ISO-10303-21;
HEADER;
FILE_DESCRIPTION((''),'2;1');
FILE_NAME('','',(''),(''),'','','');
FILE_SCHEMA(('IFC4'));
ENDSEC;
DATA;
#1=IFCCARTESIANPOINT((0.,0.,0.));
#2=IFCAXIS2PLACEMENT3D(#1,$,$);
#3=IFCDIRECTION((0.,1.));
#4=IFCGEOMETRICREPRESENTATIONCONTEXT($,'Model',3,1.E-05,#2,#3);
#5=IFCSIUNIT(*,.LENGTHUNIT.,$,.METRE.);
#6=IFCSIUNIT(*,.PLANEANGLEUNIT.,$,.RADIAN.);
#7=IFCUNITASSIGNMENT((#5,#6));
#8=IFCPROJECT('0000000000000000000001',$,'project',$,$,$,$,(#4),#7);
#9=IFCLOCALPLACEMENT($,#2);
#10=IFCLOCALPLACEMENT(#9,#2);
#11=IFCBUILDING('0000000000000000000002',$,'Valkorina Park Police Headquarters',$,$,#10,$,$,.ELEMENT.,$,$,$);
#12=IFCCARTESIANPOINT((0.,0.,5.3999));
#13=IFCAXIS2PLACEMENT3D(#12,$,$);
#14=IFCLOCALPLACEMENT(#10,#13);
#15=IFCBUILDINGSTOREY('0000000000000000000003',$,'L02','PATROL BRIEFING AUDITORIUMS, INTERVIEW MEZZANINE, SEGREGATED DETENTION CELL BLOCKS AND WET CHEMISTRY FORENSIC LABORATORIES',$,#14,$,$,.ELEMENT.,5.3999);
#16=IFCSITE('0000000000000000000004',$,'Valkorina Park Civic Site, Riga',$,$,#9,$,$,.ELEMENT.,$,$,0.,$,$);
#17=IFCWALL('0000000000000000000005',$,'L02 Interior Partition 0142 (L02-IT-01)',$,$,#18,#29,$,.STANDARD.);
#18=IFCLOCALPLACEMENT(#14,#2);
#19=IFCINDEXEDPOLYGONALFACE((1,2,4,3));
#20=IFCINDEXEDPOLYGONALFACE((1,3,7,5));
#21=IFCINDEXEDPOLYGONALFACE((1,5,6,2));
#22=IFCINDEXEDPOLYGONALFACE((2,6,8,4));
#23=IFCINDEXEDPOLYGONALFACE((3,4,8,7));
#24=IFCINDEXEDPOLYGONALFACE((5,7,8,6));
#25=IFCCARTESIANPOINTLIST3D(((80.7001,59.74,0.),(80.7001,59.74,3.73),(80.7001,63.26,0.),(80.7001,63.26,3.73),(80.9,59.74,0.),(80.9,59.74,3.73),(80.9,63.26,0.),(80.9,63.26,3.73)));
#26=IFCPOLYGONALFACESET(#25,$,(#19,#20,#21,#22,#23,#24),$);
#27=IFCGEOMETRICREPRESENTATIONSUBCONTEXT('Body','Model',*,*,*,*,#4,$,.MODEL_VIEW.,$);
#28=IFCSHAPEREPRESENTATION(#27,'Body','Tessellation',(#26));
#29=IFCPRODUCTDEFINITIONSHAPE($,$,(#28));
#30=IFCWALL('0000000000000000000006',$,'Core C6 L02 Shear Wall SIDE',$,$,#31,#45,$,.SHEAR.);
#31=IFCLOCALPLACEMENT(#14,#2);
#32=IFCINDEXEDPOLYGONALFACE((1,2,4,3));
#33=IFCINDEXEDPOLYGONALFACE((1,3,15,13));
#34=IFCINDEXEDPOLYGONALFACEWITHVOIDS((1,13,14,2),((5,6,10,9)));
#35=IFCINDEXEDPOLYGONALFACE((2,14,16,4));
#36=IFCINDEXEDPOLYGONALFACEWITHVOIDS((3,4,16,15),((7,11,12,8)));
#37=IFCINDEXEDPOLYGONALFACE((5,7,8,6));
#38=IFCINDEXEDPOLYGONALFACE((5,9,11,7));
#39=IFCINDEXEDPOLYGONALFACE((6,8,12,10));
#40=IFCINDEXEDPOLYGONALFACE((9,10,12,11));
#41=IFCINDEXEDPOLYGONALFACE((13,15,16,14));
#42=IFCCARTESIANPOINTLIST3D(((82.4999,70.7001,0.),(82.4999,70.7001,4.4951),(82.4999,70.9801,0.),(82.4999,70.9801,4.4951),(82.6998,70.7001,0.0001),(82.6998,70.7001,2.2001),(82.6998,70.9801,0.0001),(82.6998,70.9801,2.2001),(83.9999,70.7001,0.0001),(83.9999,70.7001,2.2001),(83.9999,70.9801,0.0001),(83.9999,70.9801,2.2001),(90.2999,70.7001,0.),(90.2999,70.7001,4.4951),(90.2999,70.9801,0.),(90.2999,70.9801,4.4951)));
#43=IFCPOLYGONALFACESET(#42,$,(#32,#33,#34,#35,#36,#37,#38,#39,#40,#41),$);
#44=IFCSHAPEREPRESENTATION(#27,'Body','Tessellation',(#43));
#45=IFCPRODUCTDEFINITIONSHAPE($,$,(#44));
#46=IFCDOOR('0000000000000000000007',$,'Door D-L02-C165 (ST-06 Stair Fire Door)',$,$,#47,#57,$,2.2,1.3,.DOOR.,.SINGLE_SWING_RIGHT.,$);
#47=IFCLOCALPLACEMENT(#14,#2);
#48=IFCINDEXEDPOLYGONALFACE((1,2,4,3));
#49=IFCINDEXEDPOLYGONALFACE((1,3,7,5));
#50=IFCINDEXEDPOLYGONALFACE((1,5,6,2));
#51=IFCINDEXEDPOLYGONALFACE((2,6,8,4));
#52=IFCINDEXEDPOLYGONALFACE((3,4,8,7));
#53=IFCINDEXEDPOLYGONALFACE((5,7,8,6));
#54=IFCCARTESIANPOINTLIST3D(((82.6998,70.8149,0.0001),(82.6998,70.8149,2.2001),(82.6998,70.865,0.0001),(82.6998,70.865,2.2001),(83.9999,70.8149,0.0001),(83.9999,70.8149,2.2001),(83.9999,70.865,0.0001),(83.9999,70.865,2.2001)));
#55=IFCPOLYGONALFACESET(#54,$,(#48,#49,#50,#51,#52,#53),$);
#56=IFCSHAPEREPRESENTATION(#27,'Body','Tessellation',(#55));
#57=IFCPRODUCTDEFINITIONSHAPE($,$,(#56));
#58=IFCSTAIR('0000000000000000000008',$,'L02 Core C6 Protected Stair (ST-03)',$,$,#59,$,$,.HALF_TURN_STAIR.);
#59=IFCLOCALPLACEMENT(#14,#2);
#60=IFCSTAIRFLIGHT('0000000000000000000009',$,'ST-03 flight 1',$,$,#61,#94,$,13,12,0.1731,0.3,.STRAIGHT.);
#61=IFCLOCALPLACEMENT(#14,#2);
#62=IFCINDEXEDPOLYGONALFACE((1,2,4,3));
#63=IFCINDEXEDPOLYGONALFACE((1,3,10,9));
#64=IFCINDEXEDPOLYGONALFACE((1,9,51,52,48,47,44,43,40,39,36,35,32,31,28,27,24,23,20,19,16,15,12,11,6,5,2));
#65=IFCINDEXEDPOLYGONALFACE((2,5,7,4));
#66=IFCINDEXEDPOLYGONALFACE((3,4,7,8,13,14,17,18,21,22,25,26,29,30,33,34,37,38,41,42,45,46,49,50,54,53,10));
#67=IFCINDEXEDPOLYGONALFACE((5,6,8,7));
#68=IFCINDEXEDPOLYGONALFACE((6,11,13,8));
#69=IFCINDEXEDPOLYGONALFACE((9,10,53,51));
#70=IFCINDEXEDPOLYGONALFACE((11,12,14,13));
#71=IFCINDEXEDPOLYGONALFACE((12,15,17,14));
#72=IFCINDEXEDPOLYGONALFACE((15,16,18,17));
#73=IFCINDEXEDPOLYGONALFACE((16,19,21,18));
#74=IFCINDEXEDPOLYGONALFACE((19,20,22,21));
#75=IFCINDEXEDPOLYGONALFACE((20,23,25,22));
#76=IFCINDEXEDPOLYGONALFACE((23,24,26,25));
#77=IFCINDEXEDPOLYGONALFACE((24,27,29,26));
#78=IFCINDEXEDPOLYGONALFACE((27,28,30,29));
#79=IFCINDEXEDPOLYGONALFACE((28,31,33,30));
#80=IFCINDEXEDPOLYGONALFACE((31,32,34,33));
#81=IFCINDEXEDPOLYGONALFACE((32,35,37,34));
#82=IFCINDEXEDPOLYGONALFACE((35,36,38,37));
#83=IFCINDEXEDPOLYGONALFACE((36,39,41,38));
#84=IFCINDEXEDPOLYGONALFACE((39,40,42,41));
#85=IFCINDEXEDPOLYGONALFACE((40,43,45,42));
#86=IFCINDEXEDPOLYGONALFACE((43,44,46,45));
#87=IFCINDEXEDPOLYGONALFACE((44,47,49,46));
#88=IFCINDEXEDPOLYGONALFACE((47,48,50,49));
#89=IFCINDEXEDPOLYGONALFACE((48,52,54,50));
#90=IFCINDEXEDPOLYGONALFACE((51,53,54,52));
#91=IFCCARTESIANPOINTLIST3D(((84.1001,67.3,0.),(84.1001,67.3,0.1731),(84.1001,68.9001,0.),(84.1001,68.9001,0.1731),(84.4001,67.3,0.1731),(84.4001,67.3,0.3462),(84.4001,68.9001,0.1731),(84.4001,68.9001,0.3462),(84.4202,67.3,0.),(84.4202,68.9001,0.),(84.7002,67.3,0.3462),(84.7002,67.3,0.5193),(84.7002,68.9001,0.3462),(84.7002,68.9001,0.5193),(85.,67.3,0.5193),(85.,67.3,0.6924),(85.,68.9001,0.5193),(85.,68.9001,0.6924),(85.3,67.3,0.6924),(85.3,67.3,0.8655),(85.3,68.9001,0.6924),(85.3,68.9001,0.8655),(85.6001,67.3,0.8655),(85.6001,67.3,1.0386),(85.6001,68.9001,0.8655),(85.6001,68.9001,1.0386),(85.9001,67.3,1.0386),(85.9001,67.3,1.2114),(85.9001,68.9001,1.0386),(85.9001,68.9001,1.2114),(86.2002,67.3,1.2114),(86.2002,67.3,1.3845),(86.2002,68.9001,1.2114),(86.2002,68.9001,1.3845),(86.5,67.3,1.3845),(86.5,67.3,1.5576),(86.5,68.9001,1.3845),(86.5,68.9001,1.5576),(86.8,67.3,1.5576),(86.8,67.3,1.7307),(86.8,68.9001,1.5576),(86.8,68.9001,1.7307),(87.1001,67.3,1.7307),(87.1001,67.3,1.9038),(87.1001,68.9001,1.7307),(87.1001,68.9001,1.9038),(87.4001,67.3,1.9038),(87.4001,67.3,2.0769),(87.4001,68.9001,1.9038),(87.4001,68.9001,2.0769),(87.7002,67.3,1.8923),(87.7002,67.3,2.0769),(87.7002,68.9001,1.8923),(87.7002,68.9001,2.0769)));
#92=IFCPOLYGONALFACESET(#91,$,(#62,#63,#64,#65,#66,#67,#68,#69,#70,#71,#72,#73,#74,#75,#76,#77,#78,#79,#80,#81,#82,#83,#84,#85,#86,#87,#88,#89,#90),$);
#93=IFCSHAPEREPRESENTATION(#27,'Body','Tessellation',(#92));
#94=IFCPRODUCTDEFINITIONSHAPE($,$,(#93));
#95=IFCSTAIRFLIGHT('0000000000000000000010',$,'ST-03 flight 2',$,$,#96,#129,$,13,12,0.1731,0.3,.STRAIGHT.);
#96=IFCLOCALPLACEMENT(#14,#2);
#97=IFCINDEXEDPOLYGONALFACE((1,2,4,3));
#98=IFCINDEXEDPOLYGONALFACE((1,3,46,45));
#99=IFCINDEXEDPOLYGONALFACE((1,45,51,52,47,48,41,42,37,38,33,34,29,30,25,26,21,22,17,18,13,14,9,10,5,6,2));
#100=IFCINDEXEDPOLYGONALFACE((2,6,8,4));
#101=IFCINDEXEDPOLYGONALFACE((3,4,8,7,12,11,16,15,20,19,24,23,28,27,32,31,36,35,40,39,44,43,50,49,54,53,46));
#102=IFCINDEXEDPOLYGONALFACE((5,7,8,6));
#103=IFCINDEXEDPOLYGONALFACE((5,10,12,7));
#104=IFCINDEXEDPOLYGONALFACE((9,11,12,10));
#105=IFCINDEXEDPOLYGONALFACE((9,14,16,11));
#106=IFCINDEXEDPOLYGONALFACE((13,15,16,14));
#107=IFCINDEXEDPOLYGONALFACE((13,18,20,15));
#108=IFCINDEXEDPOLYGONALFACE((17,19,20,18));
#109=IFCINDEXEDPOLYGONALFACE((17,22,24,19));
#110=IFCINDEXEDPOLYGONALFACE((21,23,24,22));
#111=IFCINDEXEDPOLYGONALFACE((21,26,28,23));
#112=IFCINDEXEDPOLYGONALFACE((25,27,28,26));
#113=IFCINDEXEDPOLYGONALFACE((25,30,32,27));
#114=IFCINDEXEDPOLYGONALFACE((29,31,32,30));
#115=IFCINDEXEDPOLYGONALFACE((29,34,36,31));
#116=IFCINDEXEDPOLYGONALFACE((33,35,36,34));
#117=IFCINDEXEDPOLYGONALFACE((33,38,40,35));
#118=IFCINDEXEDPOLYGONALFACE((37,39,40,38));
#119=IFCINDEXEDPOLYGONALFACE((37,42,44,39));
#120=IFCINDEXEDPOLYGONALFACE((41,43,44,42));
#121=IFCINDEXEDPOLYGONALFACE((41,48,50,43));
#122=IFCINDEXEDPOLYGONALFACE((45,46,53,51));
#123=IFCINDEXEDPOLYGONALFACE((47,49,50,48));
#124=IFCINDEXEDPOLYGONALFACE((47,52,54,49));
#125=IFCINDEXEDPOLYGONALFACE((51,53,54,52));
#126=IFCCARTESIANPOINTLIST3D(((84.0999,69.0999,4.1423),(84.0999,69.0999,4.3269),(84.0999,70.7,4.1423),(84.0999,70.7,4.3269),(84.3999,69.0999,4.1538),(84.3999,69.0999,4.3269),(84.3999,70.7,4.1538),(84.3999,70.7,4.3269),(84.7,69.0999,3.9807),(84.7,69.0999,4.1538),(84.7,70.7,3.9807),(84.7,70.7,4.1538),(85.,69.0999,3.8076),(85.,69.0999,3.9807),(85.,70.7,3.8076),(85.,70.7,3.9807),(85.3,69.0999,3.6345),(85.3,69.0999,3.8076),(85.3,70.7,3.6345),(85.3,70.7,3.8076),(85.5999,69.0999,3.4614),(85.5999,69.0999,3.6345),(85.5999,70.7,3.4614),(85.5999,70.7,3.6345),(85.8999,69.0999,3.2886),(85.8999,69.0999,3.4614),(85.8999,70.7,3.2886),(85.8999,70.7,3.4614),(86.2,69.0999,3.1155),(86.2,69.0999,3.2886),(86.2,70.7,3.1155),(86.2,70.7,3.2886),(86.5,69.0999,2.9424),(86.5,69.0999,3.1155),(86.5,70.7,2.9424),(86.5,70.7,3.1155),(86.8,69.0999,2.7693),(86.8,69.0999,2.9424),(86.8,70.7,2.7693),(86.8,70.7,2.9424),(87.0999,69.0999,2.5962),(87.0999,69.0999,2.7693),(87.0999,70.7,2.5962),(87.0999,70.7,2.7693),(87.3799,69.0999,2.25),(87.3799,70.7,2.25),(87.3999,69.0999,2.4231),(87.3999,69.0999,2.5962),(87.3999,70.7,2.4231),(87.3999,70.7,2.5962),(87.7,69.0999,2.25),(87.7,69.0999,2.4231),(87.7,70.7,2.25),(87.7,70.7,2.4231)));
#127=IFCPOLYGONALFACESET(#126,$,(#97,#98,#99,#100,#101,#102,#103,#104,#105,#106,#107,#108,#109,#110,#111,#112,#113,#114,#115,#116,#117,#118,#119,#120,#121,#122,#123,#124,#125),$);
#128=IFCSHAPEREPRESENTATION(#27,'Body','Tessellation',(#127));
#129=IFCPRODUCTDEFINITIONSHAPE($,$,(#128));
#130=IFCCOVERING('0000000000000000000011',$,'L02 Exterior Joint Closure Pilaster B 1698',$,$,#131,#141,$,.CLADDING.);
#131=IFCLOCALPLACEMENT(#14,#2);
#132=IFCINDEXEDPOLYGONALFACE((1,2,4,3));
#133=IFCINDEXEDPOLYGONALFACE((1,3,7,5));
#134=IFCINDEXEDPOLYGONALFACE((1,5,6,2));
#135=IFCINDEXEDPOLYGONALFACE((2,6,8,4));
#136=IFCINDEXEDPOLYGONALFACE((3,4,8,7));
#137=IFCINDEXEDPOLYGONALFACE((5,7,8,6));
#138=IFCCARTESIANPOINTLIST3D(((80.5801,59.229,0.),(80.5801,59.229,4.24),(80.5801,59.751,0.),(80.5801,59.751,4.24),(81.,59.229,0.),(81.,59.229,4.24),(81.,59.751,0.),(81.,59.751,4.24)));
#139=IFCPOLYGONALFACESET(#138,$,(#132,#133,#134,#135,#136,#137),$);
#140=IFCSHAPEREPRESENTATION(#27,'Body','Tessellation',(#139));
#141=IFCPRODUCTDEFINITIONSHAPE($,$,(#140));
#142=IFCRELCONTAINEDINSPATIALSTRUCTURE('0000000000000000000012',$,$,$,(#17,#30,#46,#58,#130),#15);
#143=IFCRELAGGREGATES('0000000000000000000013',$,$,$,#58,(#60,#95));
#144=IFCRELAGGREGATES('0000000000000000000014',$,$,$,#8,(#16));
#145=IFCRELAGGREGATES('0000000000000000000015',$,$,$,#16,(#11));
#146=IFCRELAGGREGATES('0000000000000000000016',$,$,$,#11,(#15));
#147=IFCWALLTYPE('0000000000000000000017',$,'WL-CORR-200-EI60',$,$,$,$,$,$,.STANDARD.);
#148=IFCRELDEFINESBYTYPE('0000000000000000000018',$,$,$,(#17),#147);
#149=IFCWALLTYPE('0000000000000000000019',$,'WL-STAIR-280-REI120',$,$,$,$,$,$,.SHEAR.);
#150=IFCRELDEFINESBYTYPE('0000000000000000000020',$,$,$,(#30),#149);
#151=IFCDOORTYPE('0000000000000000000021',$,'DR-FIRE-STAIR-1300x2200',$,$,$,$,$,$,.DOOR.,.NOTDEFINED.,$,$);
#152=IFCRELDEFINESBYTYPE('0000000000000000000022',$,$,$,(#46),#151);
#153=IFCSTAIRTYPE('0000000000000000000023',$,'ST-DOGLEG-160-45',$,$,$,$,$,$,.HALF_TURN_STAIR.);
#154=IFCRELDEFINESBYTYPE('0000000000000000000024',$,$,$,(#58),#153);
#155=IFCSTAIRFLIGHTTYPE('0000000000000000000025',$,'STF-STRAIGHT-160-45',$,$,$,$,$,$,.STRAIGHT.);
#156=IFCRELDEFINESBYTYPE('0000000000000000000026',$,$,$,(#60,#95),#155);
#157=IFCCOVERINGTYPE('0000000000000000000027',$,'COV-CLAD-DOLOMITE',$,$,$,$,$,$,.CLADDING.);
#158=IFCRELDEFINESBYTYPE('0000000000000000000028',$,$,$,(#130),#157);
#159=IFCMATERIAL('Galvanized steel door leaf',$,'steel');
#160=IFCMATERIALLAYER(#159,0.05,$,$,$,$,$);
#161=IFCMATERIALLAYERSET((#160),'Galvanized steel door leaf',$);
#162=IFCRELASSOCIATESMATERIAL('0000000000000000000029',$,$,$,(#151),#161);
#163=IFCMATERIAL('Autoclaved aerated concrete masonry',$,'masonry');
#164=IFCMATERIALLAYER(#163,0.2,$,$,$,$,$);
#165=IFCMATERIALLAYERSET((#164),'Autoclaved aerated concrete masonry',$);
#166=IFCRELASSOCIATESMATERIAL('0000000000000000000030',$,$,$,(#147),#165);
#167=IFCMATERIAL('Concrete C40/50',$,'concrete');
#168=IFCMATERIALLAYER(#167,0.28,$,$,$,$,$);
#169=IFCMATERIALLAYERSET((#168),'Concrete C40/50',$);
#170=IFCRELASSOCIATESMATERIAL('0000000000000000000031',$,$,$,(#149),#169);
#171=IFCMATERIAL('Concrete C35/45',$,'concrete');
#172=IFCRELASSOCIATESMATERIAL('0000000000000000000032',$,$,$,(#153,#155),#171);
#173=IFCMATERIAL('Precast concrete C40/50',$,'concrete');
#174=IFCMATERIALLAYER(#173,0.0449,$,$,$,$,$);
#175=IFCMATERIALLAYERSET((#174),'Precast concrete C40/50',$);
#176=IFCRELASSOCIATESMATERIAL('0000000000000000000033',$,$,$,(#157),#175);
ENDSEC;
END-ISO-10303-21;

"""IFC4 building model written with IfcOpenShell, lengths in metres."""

from ifc_helpers import new_model, si_unit, direction, frame, frame_2d, origin, origin_2d, place, context, subcontext, project, spatial, polyline, rectangle, outline, extrude, material, layer, layer_set, type_object, element, fill, aggregate, save


model = new_model("IFC4")

# Units and contexts
model_context = context("Model", 3, precision=1e-05, world=origin(), true_north=direction((0.0, 1.0)))
body_context = subcontext(model_context, "Body", "Model", "MODEL_VIEW")
ifc_project = project(units=[si_unit("LENGTHUNIT", "METRE"), si_unit("PLANEANGLEUNIT", "RADIAN")], contexts=[model_context])

# Site, building, storey
site_placement = place(None, origin())
site = spatial("IfcSite", under=ifc_project, at=site_placement, Name="Valkorina Park Civic Site, Riga", CompositionType="ELEMENT", RefElevation=0.0)
building_placement = place(site_placement, origin())
building = spatial("IfcBuilding", under=site, at=building_placement, Name="Valkorina Park Police Headquarters", CompositionType="ELEMENT")
storey_placement = place(building_placement, frame((0.0, 0.0, 5.3999)))
storey = spatial("IfcBuildingStorey", under=building, at=storey_placement, Name="L02", Description="PATROL BRIEFING AUDITORIUMS, INTERVIEW MEZZANINE, SEGREGATED DETENTION CELL BLOCKS AND WET CHEMISTRY FORENSIC LABORATORIES", CompositionType="ELEMENT", Elevation=5.3999)

# Shared definitions
ifc_material_1 = material(Name="Concrete C40/50", Category="concrete")
ifc_material_2 = material(Name="Galvanized steel door leaf", Category="steel")
ifc_layer_1 = layer(ifc_material_2, 0.05)
ifc_layer_set_1 = layer_set([ifc_layer_1], Name="Galvanized steel door leaf")
door_type_1 = type_object("IfcDoorType", Name="DR-FIRE-STAIR-1300x2200", OperationType="NOTDEFINED", PredefinedType="DOOR", material=ifc_layer_set_1)

# Shared definitions
ifc_material_3 = material(Name="Autoclaved aerated concrete masonry", Category="masonry")
ifc_layer_2 = layer(ifc_material_3, 0.2)
ifc_layer_set_2 = layer_set([ifc_layer_2], Name="Autoclaved aerated concrete masonry")
wall_type_1 = type_object("IfcWallType", Name="WL-CORR-200-EI60", PredefinedType="STANDARD", material=ifc_layer_set_2)

# Wall
wall_1_placement = place(storey_placement, frame((80.8, 59.74, 0.0), z_axis=(0.0, 0.0, 1.0), x_axis=(0.0, 1.0, 0.0)))
element("IfcWall", 1, at=wall_1_placement, inside=storey, type_object=wall_type_1, Name="L02 Interior Partition 0142 (L02-IT-01)", PredefinedType="STANDARD", context=body_context, shape_type="SweptSolid", body=[
    extrude(rectangle(XDim=3.52, YDim=0.2, at=frame_2d((1.76, 0.0))), origin(), (0.0, 0.0, 1.0), 3.73),
])

# Wall, opening, door
ifc_layer_3 = layer(ifc_material_1, 0.28)
ifc_layer_set_3 = layer_set([ifc_layer_3], Name="Concrete C40/50")
wall_type_2 = type_object("IfcWallType", Name="WL-STAIR-280-REI120", PredefinedType="SHEAR", material=ifc_layer_set_3)
wall_2_placement = place(storey_placement, frame((82.5, 70.8401, 0.0), z_axis=(0.0, 0.0, 1.0), x_axis=(1.0, 0.0, 0.0)))
wall_2 = element("IfcWall", 2, at=wall_2_placement, inside=storey, type_object=wall_type_2, Name="Core C6 L02 Shear Wall SIDE", PredefinedType="SHEAR", context=body_context, shape_type="SweptSolid", body=[
    extrude(rectangle(XDim=7.8, YDim=0.28, at=frame_2d((3.8999, 0.0))), origin(), (0.0, 0.0, 1.0), 4.4951),
])
opening_1_placement = place(wall_2_placement, frame((0.2, 0.0, 0.0)))
opening_1 = element("IfcOpeningElement", 3, at=opening_1_placement, cuts=wall_2, PredefinedType="OPENING", context=body_context, shape_type="SweptSolid", body=[
    extrude(rectangle(XDim=1.3, YDim=2.2, at=frame_2d((0.6499, 1.1001))), frame((0.0, 0.1499, 0.0), z_axis=(0.0, -1.0, 0.0), x_axis=(1.0, 0.0, 0.0)), (0.0, 0.0, 1.0), 0.3),
])
door_1_placement = place(opening_1_placement, origin())
door_1 = element("IfcDoor", 4, at=door_1_placement, inside=storey, type_object=door_type_1, Name="Door D-L02-C165 (ST-06 Stair Fire Door)", OperationType="SINGLE_SWING_RIGHT", OverallHeight=2.2, OverallWidth=1.3, PredefinedType="DOOR", context=body_context, shape_type="SweptSolid", body=[
    extrude(rectangle(XDim=1.3, YDim=2.2, at=frame_2d((0.6499, 1.1001))), frame((0.0, 0.0249, 0.0), z_axis=(0.0, -1.0, 0.0), x_axis=(1.0, 0.0, 0.0)), (0.0, 0.0, 1.0), 0.05),
])
fill(opening_1, door_1)

# Stair, stair flights
ifc_material_4 = material(Name="Concrete C35/45", Category="concrete")
stair_type = type_object("IfcStairType", Name="ST-DOGLEG-160-45", PredefinedType="HALF_TURN_STAIR", material=ifc_material_4)
stair_placement = place(storey_placement, origin())
stair = element("IfcStair", 5, at=stair_placement, inside=storey, type_object=stair_type, Name="L02 Core C6 Protected Stair (ST-03)", PredefinedType="HALF_TURN_STAIR")
stair_flight_type = type_object("IfcStairFlightType", Name="STF-STRAIGHT-160-45", PredefinedType="STRAIGHT", material=ifc_material_4)
stair_flight_1_placement = place(storey_placement, frame((84.1001, 68.1001, 0.0), z_axis=(0.0, 0.0, 1.0), x_axis=(1.0, 0.0, 0.0)))
stair_flight_1 = element("IfcStairFlight", 6, at=stair_flight_1_placement, type_object=stair_flight_type, Name="ST-03 flight 1", NumberOfRisers=13, NumberOfTreads=12, PredefinedType="STRAIGHT", RiserHeight=0.1731, TreadLength=0.3, context=body_context, shape_type="SweptSolid", body=[
    extrude(outline(polyline([(0.0, 0.0), (0.0, 0.1731), (0.3, 0.1731), (0.3, 0.3462), (0.6001, 0.3462), (0.6001, 0.5193), (0.8999, 0.5193), (0.8999, 0.6924), (1.2, 0.6924), (1.2, 0.8655), (1.5, 0.8655), (1.5, 1.0386), (1.8, 1.0386), (1.8, 1.2114), (2.1001, 1.2114), (2.1001, 1.3845), (2.3999, 1.3845), (2.3999, 1.5576), (2.7, 1.5576), (2.7, 1.7307), (3.0, 1.7307), (3.0, 1.9038), (3.3, 1.9038), (3.3, 2.0769), (3.6001, 2.0769), (3.6001, 2.25), (3.6001, 1.8923), (0.3201, 0.0), (0.0, 0.0)])), frame((0.0, 0.8, 0.0), z_axis=(0.0, -1.0, 0.0), x_axis=(1.0, 0.0, 0.0)), (0.0, 0.0, 1.0), 1.6001),
])
stair_flight_2_placement = place(storey_placement, frame((87.7, 69.8999, 2.25), z_axis=(0.0, 0.0, 1.0), x_axis=(-1.0, 0.0, 0.0)))
stair_flight_2 = element("IfcStairFlight", 7, at=stair_flight_2_placement, type_object=stair_flight_type, Name="ST-03 flight 2", NumberOfRisers=13, NumberOfTreads=12, PredefinedType="STRAIGHT", RiserHeight=0.1731, TreadLength=0.3, context=body_context, shape_type="SweptSolid", body=[
    extrude(outline(polyline([(0.0, 0.0), (0.0, 0.1731), (0.3, 0.1731), (0.3, 0.3462), (0.6001, 0.3462), (0.6001, 0.5193), (0.8999, 0.5193), (0.8999, 0.6924), (1.2, 0.6924), (1.2, 0.8655), (1.5, 0.8655), (1.5, 1.0386), (1.8, 1.0386), (1.8, 1.2114), (2.1001, 1.2114), (2.1001, 1.3845), (2.3999, 1.3845), (2.3999, 1.5576), (2.7, 1.5576), (2.7, 1.7307), (3.0, 1.7307), (3.0, 1.9038), (3.3, 1.9038), (3.3, 2.0769), (3.6001, 2.0769), (3.6001, 2.25), (3.6001, 1.8923), (0.3201, 0.0), (0.0, 0.0)])), frame((0.0, 0.8, 0.0), z_axis=(0.0, -1.0, 0.0), x_axis=(1.0, 0.0, 0.0)), (0.0, 0.0, 1.0), 1.6001),
])
aggregate(stair, [stair_flight_1, stair_flight_2])

# Covering
ifc_material_5 = material(Name="Precast concrete C40/50", Category="concrete")
ifc_layer_4 = layer(ifc_material_5, 0.0449)
ifc_layer_set_4 = layer_set([ifc_layer_4], Name="Precast concrete C40/50")
covering_type = type_object("IfcCoveringType", Name="COV-CLAD-DOLOMITE", PredefinedType="CLADDING", material=ifc_layer_set_4)
covering_placement = place(storey_placement, frame((80.79, 59.49, 0.0), z_axis=(0.0, 0.0, 1.0), x_axis=(1.0, 0.0, 0.0)))
element("IfcCovering", 8, at=covering_placement, inside=storey, type_object=covering_type, Name="L02 Exterior Joint Closure Pilaster B 1698", PredefinedType="CLADDING", context=body_context, shape_type="SweptSolid", body=[
    extrude(rectangle(XDim=0.4199, YDim=0.522, at=origin_2d()), origin(), (0.0, 0.0, 1.0), 4.24),
])

save(model, "model.ifc")
